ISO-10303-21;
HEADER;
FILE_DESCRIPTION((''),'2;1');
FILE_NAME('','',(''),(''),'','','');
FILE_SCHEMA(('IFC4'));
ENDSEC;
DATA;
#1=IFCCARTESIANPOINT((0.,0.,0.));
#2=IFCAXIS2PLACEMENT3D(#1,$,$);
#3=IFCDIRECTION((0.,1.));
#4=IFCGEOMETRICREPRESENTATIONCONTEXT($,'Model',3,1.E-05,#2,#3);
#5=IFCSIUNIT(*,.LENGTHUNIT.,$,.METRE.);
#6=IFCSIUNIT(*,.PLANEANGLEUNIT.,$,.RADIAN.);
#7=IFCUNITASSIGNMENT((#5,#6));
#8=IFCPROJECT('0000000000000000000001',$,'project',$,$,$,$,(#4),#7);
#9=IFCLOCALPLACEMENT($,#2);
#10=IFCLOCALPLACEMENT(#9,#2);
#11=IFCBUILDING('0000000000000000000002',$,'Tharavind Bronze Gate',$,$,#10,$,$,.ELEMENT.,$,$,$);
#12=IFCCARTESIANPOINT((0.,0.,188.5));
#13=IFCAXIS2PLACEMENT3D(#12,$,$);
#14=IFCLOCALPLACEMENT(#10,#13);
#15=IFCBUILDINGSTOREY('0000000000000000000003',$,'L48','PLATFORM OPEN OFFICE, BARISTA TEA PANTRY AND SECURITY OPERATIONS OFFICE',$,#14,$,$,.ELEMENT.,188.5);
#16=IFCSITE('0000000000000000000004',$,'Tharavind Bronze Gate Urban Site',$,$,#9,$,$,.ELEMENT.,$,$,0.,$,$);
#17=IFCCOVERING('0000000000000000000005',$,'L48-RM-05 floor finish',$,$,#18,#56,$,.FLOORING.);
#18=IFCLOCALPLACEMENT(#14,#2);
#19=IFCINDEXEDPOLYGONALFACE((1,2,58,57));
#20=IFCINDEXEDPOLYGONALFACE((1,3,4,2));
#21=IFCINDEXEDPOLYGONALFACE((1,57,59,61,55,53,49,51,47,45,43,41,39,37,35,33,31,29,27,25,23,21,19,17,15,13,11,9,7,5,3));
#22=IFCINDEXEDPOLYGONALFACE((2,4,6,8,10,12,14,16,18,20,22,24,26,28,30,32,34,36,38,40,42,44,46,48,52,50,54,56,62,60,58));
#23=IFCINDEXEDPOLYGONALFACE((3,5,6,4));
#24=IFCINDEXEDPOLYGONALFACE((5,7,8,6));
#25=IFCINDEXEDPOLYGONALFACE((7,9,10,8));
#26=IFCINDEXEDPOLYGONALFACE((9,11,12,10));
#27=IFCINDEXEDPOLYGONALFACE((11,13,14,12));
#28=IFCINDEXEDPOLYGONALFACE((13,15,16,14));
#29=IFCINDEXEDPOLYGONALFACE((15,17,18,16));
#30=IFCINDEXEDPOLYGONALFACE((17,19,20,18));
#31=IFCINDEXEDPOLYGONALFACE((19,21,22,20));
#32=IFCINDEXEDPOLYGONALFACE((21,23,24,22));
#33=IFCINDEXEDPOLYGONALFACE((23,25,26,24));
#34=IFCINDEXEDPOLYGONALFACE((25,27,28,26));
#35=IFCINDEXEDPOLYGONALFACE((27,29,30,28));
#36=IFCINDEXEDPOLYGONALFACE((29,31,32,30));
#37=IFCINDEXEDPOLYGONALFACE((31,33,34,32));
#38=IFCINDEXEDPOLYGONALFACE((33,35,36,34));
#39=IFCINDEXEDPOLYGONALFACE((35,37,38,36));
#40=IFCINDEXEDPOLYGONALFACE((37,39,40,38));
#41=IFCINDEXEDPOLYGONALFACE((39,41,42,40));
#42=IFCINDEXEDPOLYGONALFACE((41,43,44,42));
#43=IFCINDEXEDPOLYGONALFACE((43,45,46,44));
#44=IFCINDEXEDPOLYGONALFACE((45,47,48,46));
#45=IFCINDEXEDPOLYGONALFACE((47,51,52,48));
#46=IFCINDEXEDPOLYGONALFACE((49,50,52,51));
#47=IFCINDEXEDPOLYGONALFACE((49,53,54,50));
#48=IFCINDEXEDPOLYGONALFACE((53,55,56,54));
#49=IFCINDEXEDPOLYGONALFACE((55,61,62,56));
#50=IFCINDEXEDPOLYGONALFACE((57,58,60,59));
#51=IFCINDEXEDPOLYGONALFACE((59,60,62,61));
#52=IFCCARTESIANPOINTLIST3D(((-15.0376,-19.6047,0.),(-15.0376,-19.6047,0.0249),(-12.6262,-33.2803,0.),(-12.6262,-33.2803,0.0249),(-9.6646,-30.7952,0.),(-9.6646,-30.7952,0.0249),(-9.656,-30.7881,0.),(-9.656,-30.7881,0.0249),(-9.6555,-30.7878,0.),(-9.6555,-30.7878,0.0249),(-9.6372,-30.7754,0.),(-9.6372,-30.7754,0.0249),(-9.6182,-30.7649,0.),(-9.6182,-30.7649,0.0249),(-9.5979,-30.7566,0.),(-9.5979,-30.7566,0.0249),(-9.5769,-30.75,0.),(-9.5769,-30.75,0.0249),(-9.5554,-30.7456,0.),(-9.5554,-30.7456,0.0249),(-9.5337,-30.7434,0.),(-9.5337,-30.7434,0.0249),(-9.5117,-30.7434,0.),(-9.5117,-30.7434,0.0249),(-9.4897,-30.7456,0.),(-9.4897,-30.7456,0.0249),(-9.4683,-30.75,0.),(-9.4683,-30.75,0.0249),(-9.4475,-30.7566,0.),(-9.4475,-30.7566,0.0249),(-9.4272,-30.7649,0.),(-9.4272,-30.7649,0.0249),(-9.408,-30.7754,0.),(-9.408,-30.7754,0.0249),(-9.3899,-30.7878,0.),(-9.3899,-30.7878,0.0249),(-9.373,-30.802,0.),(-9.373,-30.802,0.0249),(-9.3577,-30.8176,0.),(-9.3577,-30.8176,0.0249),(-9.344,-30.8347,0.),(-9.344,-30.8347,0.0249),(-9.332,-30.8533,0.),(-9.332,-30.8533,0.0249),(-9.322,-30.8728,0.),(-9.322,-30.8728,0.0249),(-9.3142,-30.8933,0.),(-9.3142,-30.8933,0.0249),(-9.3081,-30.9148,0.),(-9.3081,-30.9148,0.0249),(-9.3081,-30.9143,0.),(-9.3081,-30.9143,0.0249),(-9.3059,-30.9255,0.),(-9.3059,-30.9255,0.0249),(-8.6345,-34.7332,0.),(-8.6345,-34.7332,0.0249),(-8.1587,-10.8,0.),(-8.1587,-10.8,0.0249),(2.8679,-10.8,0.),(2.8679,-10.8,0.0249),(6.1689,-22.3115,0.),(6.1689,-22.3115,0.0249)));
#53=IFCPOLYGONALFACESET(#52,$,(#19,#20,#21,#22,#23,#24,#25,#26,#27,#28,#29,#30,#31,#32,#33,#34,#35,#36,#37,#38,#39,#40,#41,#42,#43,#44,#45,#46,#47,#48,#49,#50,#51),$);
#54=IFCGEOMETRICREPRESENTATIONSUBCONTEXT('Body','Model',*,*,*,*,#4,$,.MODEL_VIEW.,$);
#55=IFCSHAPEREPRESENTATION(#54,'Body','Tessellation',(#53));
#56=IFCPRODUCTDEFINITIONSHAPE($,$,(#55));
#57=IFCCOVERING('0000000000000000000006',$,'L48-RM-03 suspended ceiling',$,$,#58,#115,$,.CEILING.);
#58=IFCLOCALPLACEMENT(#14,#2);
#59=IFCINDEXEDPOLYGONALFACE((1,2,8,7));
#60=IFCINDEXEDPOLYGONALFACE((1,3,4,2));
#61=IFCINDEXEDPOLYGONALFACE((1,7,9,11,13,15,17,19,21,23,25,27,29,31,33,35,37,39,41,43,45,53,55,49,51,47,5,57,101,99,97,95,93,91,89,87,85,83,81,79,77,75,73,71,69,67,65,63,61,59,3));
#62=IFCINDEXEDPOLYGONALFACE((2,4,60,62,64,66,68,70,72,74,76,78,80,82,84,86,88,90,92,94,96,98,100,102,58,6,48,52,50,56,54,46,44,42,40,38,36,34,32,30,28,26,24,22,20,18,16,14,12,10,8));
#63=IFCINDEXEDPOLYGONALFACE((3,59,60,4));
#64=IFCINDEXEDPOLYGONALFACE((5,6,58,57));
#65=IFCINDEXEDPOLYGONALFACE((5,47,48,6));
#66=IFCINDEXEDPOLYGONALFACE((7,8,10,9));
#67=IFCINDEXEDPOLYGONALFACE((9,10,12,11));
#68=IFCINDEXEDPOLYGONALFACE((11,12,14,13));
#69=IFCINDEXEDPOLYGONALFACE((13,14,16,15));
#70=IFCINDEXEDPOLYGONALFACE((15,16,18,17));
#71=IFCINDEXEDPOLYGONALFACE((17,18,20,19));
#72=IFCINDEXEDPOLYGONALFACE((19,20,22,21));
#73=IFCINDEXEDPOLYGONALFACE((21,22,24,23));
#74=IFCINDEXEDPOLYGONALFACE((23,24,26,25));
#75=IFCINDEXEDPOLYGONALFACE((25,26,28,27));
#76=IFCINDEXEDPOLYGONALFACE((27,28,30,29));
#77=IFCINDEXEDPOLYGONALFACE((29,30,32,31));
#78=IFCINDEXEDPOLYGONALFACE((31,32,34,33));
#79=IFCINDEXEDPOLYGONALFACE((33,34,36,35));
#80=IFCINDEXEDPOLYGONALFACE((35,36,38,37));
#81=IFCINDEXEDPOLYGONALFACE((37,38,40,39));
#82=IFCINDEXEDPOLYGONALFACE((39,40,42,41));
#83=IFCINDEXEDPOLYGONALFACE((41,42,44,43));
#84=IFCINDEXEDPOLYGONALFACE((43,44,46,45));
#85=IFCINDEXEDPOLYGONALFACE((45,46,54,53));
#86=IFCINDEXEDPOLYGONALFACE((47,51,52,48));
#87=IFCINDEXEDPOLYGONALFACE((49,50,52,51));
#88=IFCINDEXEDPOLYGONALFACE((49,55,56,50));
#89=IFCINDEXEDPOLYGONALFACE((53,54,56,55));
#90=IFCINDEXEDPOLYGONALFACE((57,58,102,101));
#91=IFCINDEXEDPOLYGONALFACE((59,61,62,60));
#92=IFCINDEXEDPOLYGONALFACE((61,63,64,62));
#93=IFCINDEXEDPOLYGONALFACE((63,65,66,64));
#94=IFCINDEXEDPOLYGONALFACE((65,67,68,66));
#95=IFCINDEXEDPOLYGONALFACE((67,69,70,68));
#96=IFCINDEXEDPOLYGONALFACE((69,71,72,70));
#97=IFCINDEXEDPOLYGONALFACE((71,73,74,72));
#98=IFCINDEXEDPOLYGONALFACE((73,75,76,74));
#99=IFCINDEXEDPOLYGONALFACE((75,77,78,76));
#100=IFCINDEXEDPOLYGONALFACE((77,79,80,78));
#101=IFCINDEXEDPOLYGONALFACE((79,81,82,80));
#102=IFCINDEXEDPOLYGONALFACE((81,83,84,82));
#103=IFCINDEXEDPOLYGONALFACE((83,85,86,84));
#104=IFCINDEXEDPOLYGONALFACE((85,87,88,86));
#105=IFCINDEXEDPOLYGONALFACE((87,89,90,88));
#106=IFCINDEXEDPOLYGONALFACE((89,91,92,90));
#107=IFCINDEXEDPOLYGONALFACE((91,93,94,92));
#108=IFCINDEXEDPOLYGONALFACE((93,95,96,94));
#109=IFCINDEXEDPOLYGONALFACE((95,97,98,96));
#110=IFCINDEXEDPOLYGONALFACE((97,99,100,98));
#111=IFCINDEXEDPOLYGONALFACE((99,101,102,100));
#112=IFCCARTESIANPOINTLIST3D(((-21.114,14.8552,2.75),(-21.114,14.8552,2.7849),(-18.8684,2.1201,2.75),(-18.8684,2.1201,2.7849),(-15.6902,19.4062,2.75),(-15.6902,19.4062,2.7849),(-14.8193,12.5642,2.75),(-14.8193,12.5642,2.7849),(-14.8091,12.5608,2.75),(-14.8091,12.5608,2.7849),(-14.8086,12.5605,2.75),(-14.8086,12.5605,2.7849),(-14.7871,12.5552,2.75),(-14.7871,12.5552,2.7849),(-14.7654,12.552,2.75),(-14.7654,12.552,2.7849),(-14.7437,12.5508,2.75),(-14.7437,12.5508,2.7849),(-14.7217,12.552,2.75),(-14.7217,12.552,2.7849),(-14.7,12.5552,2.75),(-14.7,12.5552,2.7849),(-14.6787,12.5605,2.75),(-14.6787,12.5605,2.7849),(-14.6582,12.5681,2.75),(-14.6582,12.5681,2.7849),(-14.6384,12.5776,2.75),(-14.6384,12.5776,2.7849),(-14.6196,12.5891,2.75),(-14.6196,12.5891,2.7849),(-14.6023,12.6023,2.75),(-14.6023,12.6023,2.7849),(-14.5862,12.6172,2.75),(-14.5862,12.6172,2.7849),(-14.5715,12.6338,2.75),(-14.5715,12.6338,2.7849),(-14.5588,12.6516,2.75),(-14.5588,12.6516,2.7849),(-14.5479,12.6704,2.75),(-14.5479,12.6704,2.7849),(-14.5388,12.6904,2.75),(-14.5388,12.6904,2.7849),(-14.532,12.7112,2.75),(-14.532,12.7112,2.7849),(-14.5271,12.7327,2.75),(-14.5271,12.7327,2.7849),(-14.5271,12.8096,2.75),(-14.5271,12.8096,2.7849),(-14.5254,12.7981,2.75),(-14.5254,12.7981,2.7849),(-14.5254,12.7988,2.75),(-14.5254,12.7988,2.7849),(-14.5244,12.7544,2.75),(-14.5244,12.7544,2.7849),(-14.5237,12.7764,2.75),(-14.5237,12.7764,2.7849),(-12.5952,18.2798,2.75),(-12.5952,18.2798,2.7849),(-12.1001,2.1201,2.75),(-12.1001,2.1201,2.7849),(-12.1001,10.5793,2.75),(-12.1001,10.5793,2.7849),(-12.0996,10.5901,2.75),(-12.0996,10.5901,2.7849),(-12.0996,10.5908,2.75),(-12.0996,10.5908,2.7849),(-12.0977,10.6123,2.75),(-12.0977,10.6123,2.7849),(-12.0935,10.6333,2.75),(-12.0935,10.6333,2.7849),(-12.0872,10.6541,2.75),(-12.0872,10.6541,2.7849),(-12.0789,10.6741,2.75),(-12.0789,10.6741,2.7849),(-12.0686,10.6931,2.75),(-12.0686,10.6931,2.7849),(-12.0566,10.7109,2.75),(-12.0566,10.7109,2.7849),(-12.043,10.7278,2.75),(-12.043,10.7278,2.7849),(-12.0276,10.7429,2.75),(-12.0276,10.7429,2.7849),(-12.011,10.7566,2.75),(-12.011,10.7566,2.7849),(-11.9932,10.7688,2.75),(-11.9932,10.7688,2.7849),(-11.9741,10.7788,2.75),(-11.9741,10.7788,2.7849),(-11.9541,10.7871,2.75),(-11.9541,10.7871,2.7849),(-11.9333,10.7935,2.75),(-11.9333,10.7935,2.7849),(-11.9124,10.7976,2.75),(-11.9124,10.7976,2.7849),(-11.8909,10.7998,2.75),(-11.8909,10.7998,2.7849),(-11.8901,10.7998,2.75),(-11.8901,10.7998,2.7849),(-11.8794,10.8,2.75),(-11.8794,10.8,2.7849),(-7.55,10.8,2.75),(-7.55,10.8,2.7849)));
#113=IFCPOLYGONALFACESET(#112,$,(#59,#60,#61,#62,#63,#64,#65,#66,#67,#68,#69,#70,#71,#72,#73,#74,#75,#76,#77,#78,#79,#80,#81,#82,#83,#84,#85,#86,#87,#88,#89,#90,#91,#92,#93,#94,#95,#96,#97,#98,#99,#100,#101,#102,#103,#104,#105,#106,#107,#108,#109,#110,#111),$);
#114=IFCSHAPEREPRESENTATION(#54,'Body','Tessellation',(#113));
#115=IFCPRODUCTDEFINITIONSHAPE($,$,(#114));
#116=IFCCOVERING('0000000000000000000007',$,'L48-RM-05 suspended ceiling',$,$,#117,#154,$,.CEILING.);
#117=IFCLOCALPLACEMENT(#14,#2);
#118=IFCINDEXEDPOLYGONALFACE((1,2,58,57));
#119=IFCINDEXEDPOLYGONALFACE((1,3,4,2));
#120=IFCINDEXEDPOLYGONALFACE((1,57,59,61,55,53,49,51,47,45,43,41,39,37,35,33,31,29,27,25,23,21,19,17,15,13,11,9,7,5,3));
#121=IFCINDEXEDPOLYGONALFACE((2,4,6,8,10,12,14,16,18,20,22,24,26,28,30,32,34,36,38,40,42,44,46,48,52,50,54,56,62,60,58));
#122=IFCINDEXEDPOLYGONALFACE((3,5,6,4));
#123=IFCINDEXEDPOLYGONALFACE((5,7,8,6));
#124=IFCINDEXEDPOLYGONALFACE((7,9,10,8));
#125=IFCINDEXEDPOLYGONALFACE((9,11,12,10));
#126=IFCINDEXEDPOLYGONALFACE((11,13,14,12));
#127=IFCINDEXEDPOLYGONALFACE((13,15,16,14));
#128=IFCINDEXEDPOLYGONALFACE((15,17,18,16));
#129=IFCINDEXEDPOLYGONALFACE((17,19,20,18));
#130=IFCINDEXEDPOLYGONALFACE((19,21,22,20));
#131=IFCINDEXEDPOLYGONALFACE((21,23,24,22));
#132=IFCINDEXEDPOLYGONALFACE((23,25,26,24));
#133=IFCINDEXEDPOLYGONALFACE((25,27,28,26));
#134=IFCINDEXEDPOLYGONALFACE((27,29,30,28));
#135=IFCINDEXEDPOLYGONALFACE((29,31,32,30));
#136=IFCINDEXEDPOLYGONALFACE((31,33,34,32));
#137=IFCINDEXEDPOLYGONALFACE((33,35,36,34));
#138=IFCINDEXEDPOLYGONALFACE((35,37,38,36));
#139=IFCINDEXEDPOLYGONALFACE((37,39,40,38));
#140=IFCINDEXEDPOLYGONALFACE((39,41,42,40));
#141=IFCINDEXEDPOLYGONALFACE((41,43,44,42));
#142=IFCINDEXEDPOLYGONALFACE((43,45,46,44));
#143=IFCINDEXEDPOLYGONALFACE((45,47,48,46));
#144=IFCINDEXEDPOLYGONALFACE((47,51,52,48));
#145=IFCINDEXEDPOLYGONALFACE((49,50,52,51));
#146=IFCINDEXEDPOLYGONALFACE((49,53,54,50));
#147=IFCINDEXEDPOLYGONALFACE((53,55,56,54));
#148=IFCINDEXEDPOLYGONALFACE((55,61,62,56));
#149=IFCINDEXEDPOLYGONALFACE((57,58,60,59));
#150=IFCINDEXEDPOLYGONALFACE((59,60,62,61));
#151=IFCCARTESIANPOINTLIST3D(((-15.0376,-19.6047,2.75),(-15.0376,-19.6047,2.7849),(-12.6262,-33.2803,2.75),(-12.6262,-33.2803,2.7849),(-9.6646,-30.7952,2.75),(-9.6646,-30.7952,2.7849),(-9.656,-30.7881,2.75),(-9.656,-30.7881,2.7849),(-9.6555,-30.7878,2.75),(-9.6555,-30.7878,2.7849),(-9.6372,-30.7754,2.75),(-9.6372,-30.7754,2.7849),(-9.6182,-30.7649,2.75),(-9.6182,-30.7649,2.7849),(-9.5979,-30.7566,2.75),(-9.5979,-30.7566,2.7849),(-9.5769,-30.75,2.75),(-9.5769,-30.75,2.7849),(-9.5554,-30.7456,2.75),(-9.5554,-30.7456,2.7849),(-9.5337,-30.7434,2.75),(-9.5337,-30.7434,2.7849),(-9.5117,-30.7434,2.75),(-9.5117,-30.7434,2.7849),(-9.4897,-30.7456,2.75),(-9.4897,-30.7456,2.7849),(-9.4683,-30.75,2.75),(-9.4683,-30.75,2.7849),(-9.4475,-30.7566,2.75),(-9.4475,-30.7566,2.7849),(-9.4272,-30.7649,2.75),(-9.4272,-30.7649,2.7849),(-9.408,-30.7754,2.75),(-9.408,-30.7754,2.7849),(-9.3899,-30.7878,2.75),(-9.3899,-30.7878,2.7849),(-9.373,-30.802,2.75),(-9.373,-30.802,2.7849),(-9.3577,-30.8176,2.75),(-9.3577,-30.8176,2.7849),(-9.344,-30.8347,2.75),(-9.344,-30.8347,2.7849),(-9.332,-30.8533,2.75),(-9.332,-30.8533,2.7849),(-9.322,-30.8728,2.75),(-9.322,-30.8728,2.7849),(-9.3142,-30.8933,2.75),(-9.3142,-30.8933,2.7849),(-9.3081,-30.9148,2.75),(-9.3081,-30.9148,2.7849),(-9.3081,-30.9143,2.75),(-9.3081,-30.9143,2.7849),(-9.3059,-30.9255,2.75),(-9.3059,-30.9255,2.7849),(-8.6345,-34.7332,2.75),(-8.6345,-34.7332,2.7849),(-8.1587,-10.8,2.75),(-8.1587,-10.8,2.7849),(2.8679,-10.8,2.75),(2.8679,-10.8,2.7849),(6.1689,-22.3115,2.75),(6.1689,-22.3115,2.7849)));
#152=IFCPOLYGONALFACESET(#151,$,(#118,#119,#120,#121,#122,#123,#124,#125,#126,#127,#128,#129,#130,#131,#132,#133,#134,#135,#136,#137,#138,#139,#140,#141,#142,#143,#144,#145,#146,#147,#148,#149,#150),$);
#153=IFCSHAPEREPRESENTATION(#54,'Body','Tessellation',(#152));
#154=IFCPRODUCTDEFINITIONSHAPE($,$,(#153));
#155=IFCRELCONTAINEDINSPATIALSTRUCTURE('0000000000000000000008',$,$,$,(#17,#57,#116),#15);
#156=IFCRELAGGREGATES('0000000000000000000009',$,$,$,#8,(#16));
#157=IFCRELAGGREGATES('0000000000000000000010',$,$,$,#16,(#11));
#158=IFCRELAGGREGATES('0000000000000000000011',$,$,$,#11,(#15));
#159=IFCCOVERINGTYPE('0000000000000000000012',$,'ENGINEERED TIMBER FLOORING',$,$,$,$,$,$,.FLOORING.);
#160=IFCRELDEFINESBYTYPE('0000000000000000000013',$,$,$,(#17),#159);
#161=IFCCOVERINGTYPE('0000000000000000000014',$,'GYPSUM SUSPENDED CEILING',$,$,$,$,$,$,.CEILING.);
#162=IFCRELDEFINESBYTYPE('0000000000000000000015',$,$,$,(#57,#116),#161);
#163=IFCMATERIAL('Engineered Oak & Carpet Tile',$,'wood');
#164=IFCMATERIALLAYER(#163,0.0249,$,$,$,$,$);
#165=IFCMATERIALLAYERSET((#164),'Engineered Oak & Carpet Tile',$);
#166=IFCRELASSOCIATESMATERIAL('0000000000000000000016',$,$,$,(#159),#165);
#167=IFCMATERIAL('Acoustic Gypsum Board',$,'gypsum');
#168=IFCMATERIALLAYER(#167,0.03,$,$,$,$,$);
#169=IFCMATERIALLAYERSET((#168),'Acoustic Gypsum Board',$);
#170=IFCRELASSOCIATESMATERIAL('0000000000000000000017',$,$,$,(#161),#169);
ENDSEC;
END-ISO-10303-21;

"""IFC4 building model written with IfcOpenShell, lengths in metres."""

from ifc_helpers import new_model, si_unit, direction, frame, origin, place, context, subcontext, project, spatial, polyline, outline, extrude, material, layer, layer_set, type_object, element, save


model = new_model("IFC4")

# Units and contexts
model_context = context("Model", 3, precision=1e-05, world=origin(), true_north=direction((0.0, 1.0)))
body_context = subcontext(model_context, "Body", "Model", "MODEL_VIEW")
ifc_project = project(units=[si_unit("LENGTHUNIT", "METRE"), si_unit("PLANEANGLEUNIT", "RADIAN")], contexts=[model_context])

# Site, building, storey
site_placement = place(None, origin())
site = spatial("IfcSite", under=ifc_project, at=site_placement, Name="Tharavind Bronze Gate Urban Site", CompositionType="ELEMENT", RefElevation=0.0)
building_placement = place(site_placement, origin())
building = spatial("IfcBuilding", under=site, at=building_placement, Name="Tharavind Bronze Gate", CompositionType="ELEMENT")
storey_placement = place(building_placement, frame((0.0, 0.0, 188.5)))
storey = spatial("IfcBuildingStorey", under=building, at=storey_placement, Name="L48", Description="PLATFORM OPEN OFFICE, BARISTA TEA PANTRY AND SECURITY OPERATIONS OFFICE", CompositionType="ELEMENT", Elevation=188.5)

# Coverings
ifc_material_1 = material(Name="Engineered Oak & Carpet Tile", Category="wood")
ifc_layer_1 = layer(ifc_material_1, 0.0249)
ifc_layer_set_1 = layer_set([ifc_layer_1], Name="Engineered Oak & Carpet Tile")
covering_type_1 = type_object("IfcCoveringType", Name="ENGINEERED TIMBER FLOORING", PredefinedType="FLOORING", material=ifc_layer_set_1)
covering_1_placement = place(storey_placement, origin())
element("IfcCovering", 1, at=covering_1_placement, inside=storey, type_object=covering_type_1, Name="L48-RM-05 floor finish", PredefinedType="FLOORING", context=body_context, shape_type="SweptSolid", body=[
    extrude(outline(polyline([(-12.6262, -33.2803), (-9.6646, -30.7952), (-9.656, -30.7881), (-9.6555, -30.7878), (-9.6372, -30.7754), (-9.6182, -30.7649), (-9.5979, -30.7566), (-9.5769, -30.75), (-9.5554, -30.7456), (-9.5337, -30.7434), (-9.5117, -30.7434), (-9.4897, -30.7456), (-9.4683, -30.75), (-9.4475, -30.7566), (-9.4272, -30.7649), (-9.408, -30.7754), (-9.3899, -30.7878), (-9.373, -30.802), (-9.3577, -30.8176), (-9.344, -30.8347), (-9.332, -30.8533), (-9.322, -30.8728), (-9.3142, -30.8933), (-9.3081, -30.9143), (-9.3081, -30.9148), (-9.3059, -30.9255), (-8.6345, -34.7332), (6.1689, -22.3115), (2.8679, -10.8), (-8.1587, -10.8), (-15.0376, -19.6047), (-12.6262, -33.2803)])), origin(), (0.0, 0.0, 1.0), 0.0249),
])
ifc_material_2 = material(Name="Acoustic Gypsum Board", Category="gypsum")
ifc_layer_2 = layer(ifc_material_2, 0.03)
ifc_layer_set_2 = layer_set([ifc_layer_2], Name="Acoustic Gypsum Board")
covering_type_2 = type_object("IfcCoveringType", Name="GYPSUM SUSPENDED CEILING", PredefinedType="CEILING", material=ifc_layer_set_2)
covering_2_placement = place(storey_placement, frame((0.0, 0.0, 2.75)))
element("IfcCovering", 2, at=covering_2_placement, inside=storey, type_object=covering_type_2, Name="L48-RM-03 suspended ceiling", PredefinedType="CEILING", context=body_context, shape_type="SweptSolid", body=[
    extrude(outline(polyline([(-18.8684, 2.1201), (-12.1001, 2.1201), (-12.1001, 10.5793), (-12.0996, 10.5901), (-12.0996, 10.5908), (-12.0977, 10.6123), (-12.0935, 10.6333), (-12.0872, 10.6541), (-12.0789, 10.6741), (-12.0686, 10.6931), (-12.0566, 10.7109), (-12.043, 10.7278), (-12.0276, 10.7429), (-12.011, 10.7566), (-11.9932, 10.7688), (-11.9741, 10.7788), (-11.9541, 10.7871), (-11.9333, 10.7935), (-11.9124, 10.7976), (-11.8909, 10.7998), (-11.8901, 10.7998), (-11.8794, 10.8), (-7.55, 10.8), (-12.5952, 18.2798), (-15.6902, 19.4062), (-14.5271, 12.8096), (-14.5254, 12.7988), (-14.5254, 12.7981), (-14.5237, 12.7764), (-14.5244, 12.7544), (-14.5271, 12.7327), (-14.532, 12.7112), (-14.5388, 12.6904), (-14.5479, 12.6704), (-14.5588, 12.6516), (-14.5715, 12.6338), (-14.5862, 12.6172), (-14.6023, 12.6023), (-14.6196, 12.5891), (-14.6384, 12.5776), (-14.6582, 12.5681), (-14.6787, 12.5605), (-14.7, 12.5552), (-14.7217, 12.552), (-14.7437, 12.5508), (-14.7654, 12.552), (-14.7871, 12.5552), (-14.8086, 12.5605), (-14.8091, 12.5608), (-14.8193, 12.5642), (-21.114, 14.8552), (-18.8684, 2.1201)])), origin(), (0.0, 0.0, 1.0), 0.0349),
])
covering_3_placement = place(storey_placement, frame((0.0, 0.0, 2.75)))
element("IfcCovering", 3, at=covering_3_placement, inside=storey, type_object=covering_type_2, Name="L48-RM-05 suspended ceiling", PredefinedType="CEILING", context=body_context, shape_type="SweptSolid", body=[
    extrude(outline(polyline([(-12.6262, -33.2803), (-9.6646, -30.7952), (-9.656, -30.7881), (-9.6555, -30.7878), (-9.6372, -30.7754), (-9.6182, -30.7649), (-9.5979, -30.7566), (-9.5769, -30.75), (-9.5554, -30.7456), (-9.5337, -30.7434), (-9.5117, -30.7434), (-9.4897, -30.7456), (-9.4683, -30.75), (-9.4475, -30.7566), (-9.4272, -30.7649), (-9.408, -30.7754), (-9.3899, -30.7878), (-9.373, -30.802), (-9.3577, -30.8176), (-9.344, -30.8347), (-9.332, -30.8533), (-9.322, -30.8728), (-9.3142, -30.8933), (-9.3081, -30.9143), (-9.3081, -30.9148), (-9.3059, -30.9255), (-8.6345, -34.7332), (6.1689, -22.3115), (2.8679, -10.8), (-8.1587, -10.8), (-15.0376, -19.6047), (-12.6262, -33.2803)])), origin(), (0.0, 0.0, 1.0), 0.0349),
])

save(model, "model.ifc")
